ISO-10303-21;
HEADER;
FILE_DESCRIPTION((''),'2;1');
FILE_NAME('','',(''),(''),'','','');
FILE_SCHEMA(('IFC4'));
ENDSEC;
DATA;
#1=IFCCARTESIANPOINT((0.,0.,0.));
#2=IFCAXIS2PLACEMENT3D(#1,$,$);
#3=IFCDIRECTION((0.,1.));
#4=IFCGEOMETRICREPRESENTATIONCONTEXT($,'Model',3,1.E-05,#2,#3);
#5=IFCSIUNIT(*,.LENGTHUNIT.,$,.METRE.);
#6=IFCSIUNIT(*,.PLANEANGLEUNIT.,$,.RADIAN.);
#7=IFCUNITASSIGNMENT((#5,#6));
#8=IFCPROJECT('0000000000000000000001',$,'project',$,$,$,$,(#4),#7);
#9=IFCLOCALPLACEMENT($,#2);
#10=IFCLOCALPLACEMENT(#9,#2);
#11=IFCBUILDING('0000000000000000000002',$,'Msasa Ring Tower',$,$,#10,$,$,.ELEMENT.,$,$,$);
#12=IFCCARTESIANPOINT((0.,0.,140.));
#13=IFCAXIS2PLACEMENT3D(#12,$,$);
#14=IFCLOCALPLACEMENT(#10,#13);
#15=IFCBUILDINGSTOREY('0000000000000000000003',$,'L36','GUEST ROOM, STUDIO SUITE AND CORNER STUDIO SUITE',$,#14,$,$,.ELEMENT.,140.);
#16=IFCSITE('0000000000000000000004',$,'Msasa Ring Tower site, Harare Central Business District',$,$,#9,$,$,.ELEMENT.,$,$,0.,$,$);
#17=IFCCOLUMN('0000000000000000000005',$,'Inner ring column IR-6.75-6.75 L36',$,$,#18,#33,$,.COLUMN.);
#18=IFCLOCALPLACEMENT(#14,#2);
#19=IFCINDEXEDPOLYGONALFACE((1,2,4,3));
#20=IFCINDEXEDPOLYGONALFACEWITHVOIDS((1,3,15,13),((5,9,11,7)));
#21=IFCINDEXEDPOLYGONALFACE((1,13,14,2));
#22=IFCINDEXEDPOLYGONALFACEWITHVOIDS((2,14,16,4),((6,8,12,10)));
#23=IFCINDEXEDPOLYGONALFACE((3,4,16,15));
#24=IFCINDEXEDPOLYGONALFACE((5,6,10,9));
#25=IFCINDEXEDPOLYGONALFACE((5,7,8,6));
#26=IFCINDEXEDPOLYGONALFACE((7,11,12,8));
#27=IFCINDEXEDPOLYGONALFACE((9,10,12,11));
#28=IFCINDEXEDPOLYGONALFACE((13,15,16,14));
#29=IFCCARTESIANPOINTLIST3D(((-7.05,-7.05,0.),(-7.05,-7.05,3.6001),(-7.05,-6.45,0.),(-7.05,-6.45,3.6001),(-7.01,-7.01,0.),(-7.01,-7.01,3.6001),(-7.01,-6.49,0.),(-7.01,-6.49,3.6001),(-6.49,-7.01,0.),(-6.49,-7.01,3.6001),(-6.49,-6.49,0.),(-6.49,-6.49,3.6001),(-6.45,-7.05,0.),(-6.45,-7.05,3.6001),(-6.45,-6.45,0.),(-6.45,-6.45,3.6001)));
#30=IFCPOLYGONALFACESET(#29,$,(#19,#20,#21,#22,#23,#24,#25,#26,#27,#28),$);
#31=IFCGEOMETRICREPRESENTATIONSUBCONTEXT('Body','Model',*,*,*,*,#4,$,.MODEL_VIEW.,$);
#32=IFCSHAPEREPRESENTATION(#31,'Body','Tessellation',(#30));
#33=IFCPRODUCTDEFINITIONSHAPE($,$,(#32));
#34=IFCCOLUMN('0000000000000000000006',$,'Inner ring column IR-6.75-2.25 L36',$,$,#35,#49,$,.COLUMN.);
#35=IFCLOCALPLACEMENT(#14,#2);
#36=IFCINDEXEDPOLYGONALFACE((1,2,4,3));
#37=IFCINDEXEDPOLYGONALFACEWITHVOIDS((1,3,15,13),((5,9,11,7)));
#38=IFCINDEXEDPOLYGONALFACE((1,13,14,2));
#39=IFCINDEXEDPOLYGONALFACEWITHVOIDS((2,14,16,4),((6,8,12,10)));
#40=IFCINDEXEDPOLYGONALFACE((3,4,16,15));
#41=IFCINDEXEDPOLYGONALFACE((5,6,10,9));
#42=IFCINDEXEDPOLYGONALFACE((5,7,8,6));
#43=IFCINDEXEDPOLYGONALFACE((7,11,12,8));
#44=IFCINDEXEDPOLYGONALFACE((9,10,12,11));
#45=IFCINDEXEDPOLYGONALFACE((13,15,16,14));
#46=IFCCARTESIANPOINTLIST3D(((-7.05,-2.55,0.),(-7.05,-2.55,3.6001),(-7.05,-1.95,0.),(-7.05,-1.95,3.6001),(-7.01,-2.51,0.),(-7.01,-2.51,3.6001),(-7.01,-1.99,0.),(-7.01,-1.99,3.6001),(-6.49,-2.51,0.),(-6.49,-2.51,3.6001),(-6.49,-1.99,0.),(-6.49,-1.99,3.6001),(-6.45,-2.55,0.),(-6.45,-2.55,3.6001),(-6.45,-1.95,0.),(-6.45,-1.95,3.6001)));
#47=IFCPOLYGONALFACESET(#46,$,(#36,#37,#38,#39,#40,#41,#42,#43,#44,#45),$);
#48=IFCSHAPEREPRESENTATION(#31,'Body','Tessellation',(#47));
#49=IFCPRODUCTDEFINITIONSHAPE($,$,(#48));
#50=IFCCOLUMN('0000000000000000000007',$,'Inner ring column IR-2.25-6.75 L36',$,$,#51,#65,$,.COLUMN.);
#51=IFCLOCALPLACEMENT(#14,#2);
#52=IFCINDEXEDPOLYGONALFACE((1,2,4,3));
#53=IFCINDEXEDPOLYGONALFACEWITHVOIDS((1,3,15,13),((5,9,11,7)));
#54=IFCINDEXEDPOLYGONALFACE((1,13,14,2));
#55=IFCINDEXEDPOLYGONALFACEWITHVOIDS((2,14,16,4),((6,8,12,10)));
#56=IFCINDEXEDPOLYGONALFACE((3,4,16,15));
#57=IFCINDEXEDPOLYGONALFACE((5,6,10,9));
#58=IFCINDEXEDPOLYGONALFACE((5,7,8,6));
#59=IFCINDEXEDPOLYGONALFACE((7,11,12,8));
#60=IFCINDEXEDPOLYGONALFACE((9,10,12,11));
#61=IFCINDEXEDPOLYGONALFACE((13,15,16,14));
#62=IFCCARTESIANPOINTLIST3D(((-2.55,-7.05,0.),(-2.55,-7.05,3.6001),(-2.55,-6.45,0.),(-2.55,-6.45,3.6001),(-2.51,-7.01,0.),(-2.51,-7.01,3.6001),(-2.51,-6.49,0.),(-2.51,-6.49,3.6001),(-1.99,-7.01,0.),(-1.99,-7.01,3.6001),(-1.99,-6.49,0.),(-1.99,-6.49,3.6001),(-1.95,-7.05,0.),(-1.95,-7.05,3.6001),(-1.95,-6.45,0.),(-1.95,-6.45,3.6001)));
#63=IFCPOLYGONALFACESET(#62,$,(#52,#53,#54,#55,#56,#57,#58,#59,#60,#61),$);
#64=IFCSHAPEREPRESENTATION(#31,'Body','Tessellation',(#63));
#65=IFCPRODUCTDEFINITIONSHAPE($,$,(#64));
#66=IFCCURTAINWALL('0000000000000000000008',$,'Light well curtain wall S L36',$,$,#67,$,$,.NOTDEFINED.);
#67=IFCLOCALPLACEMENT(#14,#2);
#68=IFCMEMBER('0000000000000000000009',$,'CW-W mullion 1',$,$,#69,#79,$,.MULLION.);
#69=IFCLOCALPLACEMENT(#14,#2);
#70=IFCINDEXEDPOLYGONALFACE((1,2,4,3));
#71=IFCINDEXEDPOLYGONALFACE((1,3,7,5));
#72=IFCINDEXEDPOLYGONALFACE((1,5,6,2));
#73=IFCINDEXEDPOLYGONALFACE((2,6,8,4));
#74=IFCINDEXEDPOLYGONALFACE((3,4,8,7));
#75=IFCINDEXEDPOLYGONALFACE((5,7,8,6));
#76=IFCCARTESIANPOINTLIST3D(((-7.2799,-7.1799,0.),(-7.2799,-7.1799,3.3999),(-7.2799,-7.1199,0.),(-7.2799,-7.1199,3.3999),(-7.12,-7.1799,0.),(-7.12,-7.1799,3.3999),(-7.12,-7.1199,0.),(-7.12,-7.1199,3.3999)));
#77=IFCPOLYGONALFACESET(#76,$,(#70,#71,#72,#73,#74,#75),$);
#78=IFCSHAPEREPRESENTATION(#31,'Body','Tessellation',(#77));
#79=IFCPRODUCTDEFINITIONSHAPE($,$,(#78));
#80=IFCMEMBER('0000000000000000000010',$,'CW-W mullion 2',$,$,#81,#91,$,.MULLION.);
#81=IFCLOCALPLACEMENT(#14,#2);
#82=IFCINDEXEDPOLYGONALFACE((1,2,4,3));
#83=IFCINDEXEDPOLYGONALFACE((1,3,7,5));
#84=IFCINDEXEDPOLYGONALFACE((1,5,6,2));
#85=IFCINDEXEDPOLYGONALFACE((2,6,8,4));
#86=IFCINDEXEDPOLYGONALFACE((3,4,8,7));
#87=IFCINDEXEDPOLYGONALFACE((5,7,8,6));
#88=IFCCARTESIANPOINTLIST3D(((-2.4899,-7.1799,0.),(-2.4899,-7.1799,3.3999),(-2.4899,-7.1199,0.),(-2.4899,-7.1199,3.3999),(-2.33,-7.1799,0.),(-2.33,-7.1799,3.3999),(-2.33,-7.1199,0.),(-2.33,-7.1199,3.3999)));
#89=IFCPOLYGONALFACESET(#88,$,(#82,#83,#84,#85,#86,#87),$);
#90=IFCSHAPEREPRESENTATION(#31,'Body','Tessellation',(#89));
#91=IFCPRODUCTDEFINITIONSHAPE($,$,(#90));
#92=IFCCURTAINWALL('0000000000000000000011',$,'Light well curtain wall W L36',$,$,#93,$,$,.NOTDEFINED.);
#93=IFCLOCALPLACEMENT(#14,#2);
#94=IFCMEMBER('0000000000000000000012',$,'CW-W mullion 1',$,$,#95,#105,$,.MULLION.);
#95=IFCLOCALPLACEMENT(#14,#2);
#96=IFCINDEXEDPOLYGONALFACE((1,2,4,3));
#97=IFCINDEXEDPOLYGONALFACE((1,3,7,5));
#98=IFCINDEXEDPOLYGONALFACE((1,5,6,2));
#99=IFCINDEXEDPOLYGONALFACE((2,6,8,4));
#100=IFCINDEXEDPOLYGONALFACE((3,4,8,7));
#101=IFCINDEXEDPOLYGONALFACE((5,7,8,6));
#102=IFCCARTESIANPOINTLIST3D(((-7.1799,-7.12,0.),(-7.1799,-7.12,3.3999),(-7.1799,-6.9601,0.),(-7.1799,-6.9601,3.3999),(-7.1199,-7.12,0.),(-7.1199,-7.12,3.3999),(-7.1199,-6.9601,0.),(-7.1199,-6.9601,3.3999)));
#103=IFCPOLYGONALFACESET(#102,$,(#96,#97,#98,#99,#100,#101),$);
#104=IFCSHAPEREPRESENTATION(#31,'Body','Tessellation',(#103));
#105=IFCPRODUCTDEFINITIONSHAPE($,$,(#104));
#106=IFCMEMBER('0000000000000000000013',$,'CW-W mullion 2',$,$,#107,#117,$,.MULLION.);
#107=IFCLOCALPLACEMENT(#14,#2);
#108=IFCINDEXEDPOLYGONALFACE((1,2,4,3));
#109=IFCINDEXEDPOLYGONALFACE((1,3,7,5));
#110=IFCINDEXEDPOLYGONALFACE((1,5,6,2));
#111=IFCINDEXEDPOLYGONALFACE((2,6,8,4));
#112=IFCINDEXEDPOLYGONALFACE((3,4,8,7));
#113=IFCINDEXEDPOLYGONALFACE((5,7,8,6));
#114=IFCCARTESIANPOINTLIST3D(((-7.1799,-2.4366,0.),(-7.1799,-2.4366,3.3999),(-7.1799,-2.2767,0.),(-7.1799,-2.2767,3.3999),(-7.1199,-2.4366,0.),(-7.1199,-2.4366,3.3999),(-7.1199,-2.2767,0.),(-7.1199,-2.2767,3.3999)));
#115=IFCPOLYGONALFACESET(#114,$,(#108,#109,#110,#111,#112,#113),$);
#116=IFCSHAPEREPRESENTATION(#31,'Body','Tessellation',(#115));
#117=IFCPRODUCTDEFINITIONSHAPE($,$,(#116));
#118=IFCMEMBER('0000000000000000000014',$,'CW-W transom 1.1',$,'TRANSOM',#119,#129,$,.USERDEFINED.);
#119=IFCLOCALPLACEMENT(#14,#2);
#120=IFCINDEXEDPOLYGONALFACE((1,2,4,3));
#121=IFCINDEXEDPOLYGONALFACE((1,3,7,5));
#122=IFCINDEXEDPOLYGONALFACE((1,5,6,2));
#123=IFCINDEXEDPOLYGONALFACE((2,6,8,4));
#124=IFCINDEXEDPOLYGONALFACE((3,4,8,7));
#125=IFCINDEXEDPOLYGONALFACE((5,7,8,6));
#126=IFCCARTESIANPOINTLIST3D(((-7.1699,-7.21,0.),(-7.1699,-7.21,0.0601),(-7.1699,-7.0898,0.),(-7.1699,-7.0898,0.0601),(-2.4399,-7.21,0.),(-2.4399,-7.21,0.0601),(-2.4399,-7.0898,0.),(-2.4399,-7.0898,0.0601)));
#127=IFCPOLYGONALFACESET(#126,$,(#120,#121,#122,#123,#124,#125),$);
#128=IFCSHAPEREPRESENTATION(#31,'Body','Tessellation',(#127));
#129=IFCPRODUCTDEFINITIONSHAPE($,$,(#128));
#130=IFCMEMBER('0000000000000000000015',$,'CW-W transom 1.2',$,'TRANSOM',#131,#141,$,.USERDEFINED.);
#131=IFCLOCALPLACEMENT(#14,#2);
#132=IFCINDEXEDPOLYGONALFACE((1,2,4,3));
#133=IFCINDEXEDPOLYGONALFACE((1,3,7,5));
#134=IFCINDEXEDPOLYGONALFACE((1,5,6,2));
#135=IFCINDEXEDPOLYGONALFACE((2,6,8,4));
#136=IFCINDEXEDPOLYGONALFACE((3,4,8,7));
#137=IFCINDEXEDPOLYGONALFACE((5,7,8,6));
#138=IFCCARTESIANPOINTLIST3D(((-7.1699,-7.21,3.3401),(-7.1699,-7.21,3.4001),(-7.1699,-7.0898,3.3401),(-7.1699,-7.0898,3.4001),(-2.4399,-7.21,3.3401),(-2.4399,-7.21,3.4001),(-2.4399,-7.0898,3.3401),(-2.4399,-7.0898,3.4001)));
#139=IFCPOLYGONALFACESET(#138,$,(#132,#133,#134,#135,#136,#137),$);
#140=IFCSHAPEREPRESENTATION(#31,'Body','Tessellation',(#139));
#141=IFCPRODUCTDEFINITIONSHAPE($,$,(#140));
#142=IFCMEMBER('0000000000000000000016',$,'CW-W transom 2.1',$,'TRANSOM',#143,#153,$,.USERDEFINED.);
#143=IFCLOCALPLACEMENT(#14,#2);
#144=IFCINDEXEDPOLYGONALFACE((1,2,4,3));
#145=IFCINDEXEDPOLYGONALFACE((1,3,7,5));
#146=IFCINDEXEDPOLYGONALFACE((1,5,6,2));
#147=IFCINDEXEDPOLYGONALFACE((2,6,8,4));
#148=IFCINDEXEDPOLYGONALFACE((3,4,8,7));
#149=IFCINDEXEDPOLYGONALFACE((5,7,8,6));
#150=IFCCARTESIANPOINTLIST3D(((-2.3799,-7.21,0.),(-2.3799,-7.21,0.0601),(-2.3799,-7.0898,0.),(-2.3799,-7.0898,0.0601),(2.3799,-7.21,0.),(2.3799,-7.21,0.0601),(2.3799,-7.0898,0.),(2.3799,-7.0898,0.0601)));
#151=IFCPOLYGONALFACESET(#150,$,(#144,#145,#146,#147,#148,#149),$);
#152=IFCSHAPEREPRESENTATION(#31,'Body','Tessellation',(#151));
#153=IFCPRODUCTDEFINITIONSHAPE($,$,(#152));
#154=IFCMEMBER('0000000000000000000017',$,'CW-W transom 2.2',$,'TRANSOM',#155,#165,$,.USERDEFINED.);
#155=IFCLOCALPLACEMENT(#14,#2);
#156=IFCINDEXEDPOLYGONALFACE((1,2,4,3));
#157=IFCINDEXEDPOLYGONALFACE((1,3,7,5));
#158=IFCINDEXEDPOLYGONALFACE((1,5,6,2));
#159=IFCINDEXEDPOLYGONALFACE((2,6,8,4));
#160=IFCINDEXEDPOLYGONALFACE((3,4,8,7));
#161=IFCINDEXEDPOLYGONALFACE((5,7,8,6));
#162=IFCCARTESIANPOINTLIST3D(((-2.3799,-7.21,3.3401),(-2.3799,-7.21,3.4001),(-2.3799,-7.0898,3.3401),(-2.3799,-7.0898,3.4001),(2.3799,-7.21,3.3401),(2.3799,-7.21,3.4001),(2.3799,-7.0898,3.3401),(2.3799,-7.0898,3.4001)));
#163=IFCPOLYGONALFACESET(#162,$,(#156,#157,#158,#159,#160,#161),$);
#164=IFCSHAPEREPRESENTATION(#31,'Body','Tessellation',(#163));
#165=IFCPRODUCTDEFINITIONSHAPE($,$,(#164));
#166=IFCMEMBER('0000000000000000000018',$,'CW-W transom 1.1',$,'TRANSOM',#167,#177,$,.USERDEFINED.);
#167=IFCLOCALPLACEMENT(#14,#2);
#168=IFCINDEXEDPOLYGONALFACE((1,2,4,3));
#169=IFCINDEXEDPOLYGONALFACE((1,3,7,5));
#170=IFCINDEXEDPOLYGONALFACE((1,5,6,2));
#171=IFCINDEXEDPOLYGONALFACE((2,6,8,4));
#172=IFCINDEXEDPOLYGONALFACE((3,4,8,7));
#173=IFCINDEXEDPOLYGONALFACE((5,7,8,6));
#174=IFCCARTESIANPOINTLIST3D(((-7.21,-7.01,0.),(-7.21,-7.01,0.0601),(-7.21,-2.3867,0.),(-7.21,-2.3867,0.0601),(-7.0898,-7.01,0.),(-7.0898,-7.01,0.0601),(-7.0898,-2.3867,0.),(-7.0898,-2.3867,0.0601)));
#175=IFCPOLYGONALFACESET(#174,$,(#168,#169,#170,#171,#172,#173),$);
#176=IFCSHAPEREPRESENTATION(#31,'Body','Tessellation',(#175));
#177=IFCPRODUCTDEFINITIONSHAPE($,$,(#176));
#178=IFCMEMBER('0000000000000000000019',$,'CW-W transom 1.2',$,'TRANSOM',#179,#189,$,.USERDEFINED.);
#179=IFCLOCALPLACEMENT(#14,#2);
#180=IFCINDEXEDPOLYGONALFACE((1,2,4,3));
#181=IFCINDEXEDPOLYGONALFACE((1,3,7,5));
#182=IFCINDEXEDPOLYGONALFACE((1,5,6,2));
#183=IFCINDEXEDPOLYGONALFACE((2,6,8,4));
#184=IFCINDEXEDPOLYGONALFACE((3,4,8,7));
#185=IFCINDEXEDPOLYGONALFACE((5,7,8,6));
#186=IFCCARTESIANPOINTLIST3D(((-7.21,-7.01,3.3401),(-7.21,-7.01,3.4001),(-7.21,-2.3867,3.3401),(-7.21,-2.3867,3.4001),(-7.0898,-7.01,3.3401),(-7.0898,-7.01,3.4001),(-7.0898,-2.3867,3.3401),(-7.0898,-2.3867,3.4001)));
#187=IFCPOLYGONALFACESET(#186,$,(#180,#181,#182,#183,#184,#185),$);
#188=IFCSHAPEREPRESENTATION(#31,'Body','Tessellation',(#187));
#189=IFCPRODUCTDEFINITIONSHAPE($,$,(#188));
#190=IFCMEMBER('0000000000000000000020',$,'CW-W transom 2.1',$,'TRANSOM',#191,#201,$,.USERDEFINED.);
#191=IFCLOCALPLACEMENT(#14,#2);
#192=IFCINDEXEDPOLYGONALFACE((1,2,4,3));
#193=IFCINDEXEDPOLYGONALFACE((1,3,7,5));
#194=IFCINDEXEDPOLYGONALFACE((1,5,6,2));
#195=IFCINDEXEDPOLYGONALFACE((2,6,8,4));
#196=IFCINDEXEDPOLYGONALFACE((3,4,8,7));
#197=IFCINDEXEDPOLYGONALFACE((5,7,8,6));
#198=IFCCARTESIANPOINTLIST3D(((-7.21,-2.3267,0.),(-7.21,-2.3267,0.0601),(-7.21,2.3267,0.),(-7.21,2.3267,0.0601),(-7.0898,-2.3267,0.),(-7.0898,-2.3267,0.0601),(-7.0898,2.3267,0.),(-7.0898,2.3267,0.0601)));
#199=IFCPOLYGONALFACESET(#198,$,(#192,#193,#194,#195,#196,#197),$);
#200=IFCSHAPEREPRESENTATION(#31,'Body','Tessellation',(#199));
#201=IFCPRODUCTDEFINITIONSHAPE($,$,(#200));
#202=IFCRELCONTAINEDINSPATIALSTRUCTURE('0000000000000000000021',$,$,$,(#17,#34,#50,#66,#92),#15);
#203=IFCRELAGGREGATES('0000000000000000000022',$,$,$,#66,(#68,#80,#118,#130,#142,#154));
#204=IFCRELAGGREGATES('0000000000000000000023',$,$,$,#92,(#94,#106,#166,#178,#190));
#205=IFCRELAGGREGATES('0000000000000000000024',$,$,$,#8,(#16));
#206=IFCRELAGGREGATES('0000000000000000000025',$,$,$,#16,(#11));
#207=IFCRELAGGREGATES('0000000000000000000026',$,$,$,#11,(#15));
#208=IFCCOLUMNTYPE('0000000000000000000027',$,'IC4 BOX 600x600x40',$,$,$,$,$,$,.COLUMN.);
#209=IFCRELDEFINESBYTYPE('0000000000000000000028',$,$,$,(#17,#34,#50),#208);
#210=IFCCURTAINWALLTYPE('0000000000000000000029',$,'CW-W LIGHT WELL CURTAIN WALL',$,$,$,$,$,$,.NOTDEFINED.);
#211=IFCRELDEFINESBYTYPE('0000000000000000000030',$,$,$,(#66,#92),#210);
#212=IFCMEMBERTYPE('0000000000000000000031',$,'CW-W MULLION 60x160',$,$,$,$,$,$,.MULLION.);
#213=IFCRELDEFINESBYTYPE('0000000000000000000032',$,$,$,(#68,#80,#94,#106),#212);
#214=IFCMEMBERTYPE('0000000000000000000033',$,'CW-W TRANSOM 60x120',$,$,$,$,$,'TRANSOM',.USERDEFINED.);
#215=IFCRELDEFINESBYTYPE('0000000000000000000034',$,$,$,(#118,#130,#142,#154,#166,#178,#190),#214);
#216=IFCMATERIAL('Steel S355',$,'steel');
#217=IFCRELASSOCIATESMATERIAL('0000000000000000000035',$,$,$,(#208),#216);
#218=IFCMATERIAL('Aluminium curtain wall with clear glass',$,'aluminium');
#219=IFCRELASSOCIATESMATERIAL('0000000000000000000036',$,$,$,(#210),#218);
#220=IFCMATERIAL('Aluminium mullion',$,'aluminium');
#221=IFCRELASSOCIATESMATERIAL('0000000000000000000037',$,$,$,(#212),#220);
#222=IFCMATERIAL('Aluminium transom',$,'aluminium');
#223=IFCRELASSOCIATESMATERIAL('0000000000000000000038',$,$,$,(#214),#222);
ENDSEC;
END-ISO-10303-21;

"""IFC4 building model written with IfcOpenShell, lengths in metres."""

from ifc_helpers import new_model, si_unit, direction, frame, origin, origin_2d, place, context, subcontext, project, spatial, rectangle, hollow_rectangle, extrude, material, material_profile, profile_set, type_object, element, aggregate, save


model = new_model("IFC4")

# Units and contexts
model_context = context("Model", 3, precision=1e-05, world=origin(), true_north=direction((0.0, 1.0)))
body_context = subcontext(model_context, "Body", "Model", "MODEL_VIEW")
ifc_project = project(units=[si_unit("LENGTHUNIT", "METRE"), si_unit("PLANEANGLEUNIT", "RADIAN")], contexts=[model_context])

# Site, building, storey
site_placement = place(None, origin())
site = spatial("IfcSite", under=ifc_project, at=site_placement, Name="Msasa Ring Tower site, Harare Central Business District", CompositionType="ELEMENT", RefElevation=0.0)
building_placement = place(site_placement, origin())
building = spatial("IfcBuilding", under=site, at=building_placement, Name="Msasa Ring Tower", CompositionType="ELEMENT")
storey_placement = place(building_placement, frame((0.0, 0.0, 140.0)))
storey = spatial("IfcBuildingStorey", under=building, at=storey_placement, Name="L36", Description="GUEST ROOM, STUDIO SUITE AND CORNER STUDIO SUITE", CompositionType="ELEMENT", Elevation=140.0)

# Columns
ifc_material_1 = material(Name="Steel S355", Category="steel")
ifc_material_profile_1 = material_profile(ifc_material_1, hollow_rectangle(XDim=0.6001, YDim=0.6001, WallThickness=0.04, at=origin_2d()), Name="BOX 600x600x40")
ifc_profile_set_1 = profile_set([ifc_material_profile_1], Name="Steel S355")
column_type = type_object("IfcColumnType", Name="IC4 BOX 600x600x40", PredefinedType="COLUMN", material=ifc_profile_set_1)
for number, where, z_axis, x_axis, name in (
    (1, (-6.75, -6.75, 0.0), (0.0, 0.0, 1.0), (1.0, 0.0, 0.0), "Inner ring column IR-6.75-6.75 L36"),
    (2, (-6.75, -2.25, 0.0), (0.0, 0.0, 1.0), (1.0, 0.0, 0.0), "Inner ring column IR-6.75-2.25 L36"),
    (3, (-2.25, -6.75, 0.0), (0.0, 0.0, 1.0), (1.0, 0.0, 0.0), "Inner ring column IR-2.25-6.75 L36"),
):
    element("IfcColumn", number, at=place(storey_placement, frame(where, z_axis=z_axis, x_axis=x_axis)), inside=storey, type_object=column_type, Name=name, PredefinedType="COLUMN", context=body_context, shape_type="SweptSolid", body=[
        extrude(hollow_rectangle(XDim=0.6001, YDim=0.6001, WallThickness=0.04, at=origin_2d()), origin(), (0.0, 0.0, 1.0), 3.6001),
    ])

# Curtain walls, members
ifc_material_2 = material(Name="Aluminium curtain wall with clear glass", Category="aluminium")
curtain_wall_type = type_object("IfcCurtainWallType", Name="CW-W LIGHT WELL CURTAIN WALL", PredefinedType="NOTDEFINED", material=ifc_material_2)
curtain_wall_1_placement = place(storey_placement, origin())
curtain_wall_1 = element("IfcCurtainWall", 4, at=curtain_wall_1_placement, inside=storey, type_object=curtain_wall_type, Name="Light well curtain wall S L36", PredefinedType="NOTDEFINED")
ifc_material_3 = material(Name="Aluminium mullion", Category="aluminium")
ifc_material_profile_2 = material_profile(ifc_material_3, rectangle(XDim=0.0601, YDim=0.1599, at=origin_2d()), Name="AL 60x160")
ifc_profile_set_2 = profile_set([ifc_material_profile_2], Name="Aluminium mullion")
member_type_1 = type_object("IfcMemberType", Name="CW-W MULLION 60x160", PredefinedType="MULLION", material=ifc_profile_set_2)
member_1_placement = place(storey_placement, frame((-7.2, -7.1499, 0.0), z_axis=(0.0, 0.0, 1.0), x_axis=(0.0, 1.0, 0.0)))
member_1 = element("IfcMember", 5, at=member_1_placement, type_object=member_type_1, Name="CW-W mullion 1", PredefinedType="MULLION", context=body_context, shape_type="SweptSolid", body=[
    extrude(rectangle(XDim=0.0601, YDim=0.1599, at=origin_2d()), origin(), (0.0, 0.0, 1.0), 3.3999),
])
member_2_placement = place(storey_placement, frame((-2.4099, -7.1499, 0.0), z_axis=(0.0, 0.0, 1.0), x_axis=(0.0, 1.0, 0.0)))
member_2 = element("IfcMember", 6, at=member_2_placement, type_object=member_type_1, Name="CW-W mullion 2", PredefinedType="MULLION", context=body_context, shape_type="SweptSolid", body=[
    extrude(rectangle(XDim=0.0601, YDim=0.1599, at=origin_2d()), origin(), (0.0, 0.0, 1.0), 3.3999),
])
curtain_wall_2_placement = place(storey_placement, origin())
curtain_wall_2 = element("IfcCurtainWall", 7, at=curtain_wall_2_placement, inside=storey, type_object=curtain_wall_type, Name="Light well curtain wall W L36", PredefinedType="NOTDEFINED")
member_3_placement = place(storey_placement, frame((-7.1499, -7.04, 0.0), z_axis=(0.0, 0.0, 1.0), x_axis=(-1.0, 0.0, 0.0)))
member_3 = element("IfcMember", 8, at=member_3_placement, type_object=member_type_1, Name="CW-W mullion 1", PredefinedType="MULLION", context=body_context, shape_type="SweptSolid", body=[
    extrude(rectangle(XDim=0.0601, YDim=0.1599, at=origin_2d()), origin(), (0.0, 0.0, 1.0), 3.3999),
])
member_4_placement = place(storey_placement, frame((-7.1499, -2.3567, 0.0), z_axis=(0.0, 0.0, 1.0), x_axis=(-1.0, 0.0, 0.0)))
member_4 = element("IfcMember", 9, at=member_4_placement, type_object=member_type_1, Name="CW-W mullion 2", PredefinedType="MULLION", context=body_context, shape_type="SweptSolid", body=[
    extrude(rectangle(XDim=0.0601, YDim=0.1599, at=origin_2d()), origin(), (0.0, 0.0, 1.0), 3.3999),
])

# Members
ifc_material_4 = material(Name="Aluminium transom", Category="aluminium")
ifc_material_profile_3 = material_profile(ifc_material_4, rectangle(XDim=0.1201, YDim=0.0601, at=origin_2d()), Name="AL 60x120")
ifc_profile_set_3 = profile_set([ifc_material_profile_3], Name="Aluminium transom")
member_type_2 = type_object("IfcMemberType", Name="CW-W TRANSOM 60x120", ElementType="TRANSOM", PredefinedType="USERDEFINED", material=ifc_profile_set_3)
member_5_placement = place(storey_placement, frame((-7.1699, -7.1499, 0.03), z_axis=(1.0, 0.0, 0.0), x_axis=(0.0, 1.0, 0.0)))
member_5 = element("IfcMember", 10, at=member_5_placement, type_object=member_type_2, Name="CW-W transom 1.1", ObjectType="TRANSOM", PredefinedType="USERDEFINED", context=body_context, shape_type="SweptSolid", body=[
    extrude(rectangle(XDim=0.1201, YDim=0.0601, at=origin_2d()), origin(), (0.0, 0.0, 1.0), 4.73),
])
member_6_placement = place(storey_placement, frame((-7.1699, -7.1499, 3.3701), z_axis=(1.0, 0.0, 0.0), x_axis=(0.0, 1.0, 0.0)))
member_6 = element("IfcMember", 11, at=member_6_placement, type_object=member_type_2, Name="CW-W transom 1.2", ObjectType="TRANSOM", PredefinedType="USERDEFINED", context=body_context, shape_type="SweptSolid", body=[
    extrude(rectangle(XDim=0.1201, YDim=0.0601, at=origin_2d()), origin(), (0.0, 0.0, 1.0), 4.73),
])
member_7_placement = place(storey_placement, frame((-2.3799, -7.1499, 0.03), z_axis=(1.0, 0.0, 0.0), x_axis=(0.0, 1.0, 0.0)))
member_7 = element("IfcMember", 12, at=member_7_placement, type_object=member_type_2, Name="CW-W transom 2.1", ObjectType="TRANSOM", PredefinedType="USERDEFINED", context=body_context, shape_type="SweptSolid", body=[
    extrude(rectangle(XDim=0.1201, YDim=0.0601, at=origin_2d()), origin(), (0.0, 0.0, 1.0), 4.7598),
])
member_8_placement = place(storey_placement, frame((-2.3799, -7.1499, 3.3701), z_axis=(1.0, 0.0, 0.0), x_axis=(0.0, 1.0, 0.0)))
member_8 = element("IfcMember", 13, at=member_8_placement, type_object=member_type_2, Name="CW-W transom 2.2", ObjectType="TRANSOM", PredefinedType="USERDEFINED", context=body_context, shape_type="SweptSolid", body=[
    extrude(rectangle(XDim=0.1201, YDim=0.0601, at=origin_2d()), origin(), (0.0, 0.0, 1.0), 4.7598),
])
member_9_placement = place(storey_placement, frame((-7.1499, -7.01, 0.03), z_axis=(0.0, 1.0, 0.0), x_axis=(-1.0, 0.0, 0.0)))
member_9 = element("IfcMember", 14, at=member_9_placement, type_object=member_type_2, Name="CW-W transom 1.1", ObjectType="TRANSOM", PredefinedType="USERDEFINED", context=body_context, shape_type="SweptSolid", body=[
    extrude(rectangle(XDim=0.1201, YDim=0.0601, at=origin_2d()), origin(), (0.0, 0.0, 1.0), 4.6233),
])
member_10_placement = place(storey_placement, frame((-7.1499, -7.01, 3.3701), z_axis=(0.0, 1.0, 0.0), x_axis=(-1.0, 0.0, 0.0)))
member_10 = element("IfcMember", 15, at=member_10_placement, type_object=member_type_2, Name="CW-W transom 1.2", ObjectType="TRANSOM", PredefinedType="USERDEFINED", context=body_context, shape_type="SweptSolid", body=[
    extrude(rectangle(XDim=0.1201, YDim=0.0601, at=origin_2d()), origin(), (0.0, 0.0, 1.0), 4.6233),
])
member_11_placement = place(storey_placement, frame((-7.1499, -2.3267, 0.03), z_axis=(0.0, 1.0, 0.0), x_axis=(-1.0, 0.0, 0.0)))
member_11 = element("IfcMember", 16, at=member_11_placement, type_object=member_type_2, Name="CW-W transom 2.1", ObjectType="TRANSOM", PredefinedType="USERDEFINED", context=body_context, shape_type="SweptSolid", body=[
    extrude(rectangle(XDim=0.1201, YDim=0.0601, at=origin_2d()), origin(), (0.0, 0.0, 1.0), 4.6533),
])

aggregate(curtain_wall_1, [member_1, member_2, member_5, member_6, member_7, member_8])
aggregate(curtain_wall_2, [member_3, member_4, member_9, member_10, member_11])

save(model, "model.ifc")
